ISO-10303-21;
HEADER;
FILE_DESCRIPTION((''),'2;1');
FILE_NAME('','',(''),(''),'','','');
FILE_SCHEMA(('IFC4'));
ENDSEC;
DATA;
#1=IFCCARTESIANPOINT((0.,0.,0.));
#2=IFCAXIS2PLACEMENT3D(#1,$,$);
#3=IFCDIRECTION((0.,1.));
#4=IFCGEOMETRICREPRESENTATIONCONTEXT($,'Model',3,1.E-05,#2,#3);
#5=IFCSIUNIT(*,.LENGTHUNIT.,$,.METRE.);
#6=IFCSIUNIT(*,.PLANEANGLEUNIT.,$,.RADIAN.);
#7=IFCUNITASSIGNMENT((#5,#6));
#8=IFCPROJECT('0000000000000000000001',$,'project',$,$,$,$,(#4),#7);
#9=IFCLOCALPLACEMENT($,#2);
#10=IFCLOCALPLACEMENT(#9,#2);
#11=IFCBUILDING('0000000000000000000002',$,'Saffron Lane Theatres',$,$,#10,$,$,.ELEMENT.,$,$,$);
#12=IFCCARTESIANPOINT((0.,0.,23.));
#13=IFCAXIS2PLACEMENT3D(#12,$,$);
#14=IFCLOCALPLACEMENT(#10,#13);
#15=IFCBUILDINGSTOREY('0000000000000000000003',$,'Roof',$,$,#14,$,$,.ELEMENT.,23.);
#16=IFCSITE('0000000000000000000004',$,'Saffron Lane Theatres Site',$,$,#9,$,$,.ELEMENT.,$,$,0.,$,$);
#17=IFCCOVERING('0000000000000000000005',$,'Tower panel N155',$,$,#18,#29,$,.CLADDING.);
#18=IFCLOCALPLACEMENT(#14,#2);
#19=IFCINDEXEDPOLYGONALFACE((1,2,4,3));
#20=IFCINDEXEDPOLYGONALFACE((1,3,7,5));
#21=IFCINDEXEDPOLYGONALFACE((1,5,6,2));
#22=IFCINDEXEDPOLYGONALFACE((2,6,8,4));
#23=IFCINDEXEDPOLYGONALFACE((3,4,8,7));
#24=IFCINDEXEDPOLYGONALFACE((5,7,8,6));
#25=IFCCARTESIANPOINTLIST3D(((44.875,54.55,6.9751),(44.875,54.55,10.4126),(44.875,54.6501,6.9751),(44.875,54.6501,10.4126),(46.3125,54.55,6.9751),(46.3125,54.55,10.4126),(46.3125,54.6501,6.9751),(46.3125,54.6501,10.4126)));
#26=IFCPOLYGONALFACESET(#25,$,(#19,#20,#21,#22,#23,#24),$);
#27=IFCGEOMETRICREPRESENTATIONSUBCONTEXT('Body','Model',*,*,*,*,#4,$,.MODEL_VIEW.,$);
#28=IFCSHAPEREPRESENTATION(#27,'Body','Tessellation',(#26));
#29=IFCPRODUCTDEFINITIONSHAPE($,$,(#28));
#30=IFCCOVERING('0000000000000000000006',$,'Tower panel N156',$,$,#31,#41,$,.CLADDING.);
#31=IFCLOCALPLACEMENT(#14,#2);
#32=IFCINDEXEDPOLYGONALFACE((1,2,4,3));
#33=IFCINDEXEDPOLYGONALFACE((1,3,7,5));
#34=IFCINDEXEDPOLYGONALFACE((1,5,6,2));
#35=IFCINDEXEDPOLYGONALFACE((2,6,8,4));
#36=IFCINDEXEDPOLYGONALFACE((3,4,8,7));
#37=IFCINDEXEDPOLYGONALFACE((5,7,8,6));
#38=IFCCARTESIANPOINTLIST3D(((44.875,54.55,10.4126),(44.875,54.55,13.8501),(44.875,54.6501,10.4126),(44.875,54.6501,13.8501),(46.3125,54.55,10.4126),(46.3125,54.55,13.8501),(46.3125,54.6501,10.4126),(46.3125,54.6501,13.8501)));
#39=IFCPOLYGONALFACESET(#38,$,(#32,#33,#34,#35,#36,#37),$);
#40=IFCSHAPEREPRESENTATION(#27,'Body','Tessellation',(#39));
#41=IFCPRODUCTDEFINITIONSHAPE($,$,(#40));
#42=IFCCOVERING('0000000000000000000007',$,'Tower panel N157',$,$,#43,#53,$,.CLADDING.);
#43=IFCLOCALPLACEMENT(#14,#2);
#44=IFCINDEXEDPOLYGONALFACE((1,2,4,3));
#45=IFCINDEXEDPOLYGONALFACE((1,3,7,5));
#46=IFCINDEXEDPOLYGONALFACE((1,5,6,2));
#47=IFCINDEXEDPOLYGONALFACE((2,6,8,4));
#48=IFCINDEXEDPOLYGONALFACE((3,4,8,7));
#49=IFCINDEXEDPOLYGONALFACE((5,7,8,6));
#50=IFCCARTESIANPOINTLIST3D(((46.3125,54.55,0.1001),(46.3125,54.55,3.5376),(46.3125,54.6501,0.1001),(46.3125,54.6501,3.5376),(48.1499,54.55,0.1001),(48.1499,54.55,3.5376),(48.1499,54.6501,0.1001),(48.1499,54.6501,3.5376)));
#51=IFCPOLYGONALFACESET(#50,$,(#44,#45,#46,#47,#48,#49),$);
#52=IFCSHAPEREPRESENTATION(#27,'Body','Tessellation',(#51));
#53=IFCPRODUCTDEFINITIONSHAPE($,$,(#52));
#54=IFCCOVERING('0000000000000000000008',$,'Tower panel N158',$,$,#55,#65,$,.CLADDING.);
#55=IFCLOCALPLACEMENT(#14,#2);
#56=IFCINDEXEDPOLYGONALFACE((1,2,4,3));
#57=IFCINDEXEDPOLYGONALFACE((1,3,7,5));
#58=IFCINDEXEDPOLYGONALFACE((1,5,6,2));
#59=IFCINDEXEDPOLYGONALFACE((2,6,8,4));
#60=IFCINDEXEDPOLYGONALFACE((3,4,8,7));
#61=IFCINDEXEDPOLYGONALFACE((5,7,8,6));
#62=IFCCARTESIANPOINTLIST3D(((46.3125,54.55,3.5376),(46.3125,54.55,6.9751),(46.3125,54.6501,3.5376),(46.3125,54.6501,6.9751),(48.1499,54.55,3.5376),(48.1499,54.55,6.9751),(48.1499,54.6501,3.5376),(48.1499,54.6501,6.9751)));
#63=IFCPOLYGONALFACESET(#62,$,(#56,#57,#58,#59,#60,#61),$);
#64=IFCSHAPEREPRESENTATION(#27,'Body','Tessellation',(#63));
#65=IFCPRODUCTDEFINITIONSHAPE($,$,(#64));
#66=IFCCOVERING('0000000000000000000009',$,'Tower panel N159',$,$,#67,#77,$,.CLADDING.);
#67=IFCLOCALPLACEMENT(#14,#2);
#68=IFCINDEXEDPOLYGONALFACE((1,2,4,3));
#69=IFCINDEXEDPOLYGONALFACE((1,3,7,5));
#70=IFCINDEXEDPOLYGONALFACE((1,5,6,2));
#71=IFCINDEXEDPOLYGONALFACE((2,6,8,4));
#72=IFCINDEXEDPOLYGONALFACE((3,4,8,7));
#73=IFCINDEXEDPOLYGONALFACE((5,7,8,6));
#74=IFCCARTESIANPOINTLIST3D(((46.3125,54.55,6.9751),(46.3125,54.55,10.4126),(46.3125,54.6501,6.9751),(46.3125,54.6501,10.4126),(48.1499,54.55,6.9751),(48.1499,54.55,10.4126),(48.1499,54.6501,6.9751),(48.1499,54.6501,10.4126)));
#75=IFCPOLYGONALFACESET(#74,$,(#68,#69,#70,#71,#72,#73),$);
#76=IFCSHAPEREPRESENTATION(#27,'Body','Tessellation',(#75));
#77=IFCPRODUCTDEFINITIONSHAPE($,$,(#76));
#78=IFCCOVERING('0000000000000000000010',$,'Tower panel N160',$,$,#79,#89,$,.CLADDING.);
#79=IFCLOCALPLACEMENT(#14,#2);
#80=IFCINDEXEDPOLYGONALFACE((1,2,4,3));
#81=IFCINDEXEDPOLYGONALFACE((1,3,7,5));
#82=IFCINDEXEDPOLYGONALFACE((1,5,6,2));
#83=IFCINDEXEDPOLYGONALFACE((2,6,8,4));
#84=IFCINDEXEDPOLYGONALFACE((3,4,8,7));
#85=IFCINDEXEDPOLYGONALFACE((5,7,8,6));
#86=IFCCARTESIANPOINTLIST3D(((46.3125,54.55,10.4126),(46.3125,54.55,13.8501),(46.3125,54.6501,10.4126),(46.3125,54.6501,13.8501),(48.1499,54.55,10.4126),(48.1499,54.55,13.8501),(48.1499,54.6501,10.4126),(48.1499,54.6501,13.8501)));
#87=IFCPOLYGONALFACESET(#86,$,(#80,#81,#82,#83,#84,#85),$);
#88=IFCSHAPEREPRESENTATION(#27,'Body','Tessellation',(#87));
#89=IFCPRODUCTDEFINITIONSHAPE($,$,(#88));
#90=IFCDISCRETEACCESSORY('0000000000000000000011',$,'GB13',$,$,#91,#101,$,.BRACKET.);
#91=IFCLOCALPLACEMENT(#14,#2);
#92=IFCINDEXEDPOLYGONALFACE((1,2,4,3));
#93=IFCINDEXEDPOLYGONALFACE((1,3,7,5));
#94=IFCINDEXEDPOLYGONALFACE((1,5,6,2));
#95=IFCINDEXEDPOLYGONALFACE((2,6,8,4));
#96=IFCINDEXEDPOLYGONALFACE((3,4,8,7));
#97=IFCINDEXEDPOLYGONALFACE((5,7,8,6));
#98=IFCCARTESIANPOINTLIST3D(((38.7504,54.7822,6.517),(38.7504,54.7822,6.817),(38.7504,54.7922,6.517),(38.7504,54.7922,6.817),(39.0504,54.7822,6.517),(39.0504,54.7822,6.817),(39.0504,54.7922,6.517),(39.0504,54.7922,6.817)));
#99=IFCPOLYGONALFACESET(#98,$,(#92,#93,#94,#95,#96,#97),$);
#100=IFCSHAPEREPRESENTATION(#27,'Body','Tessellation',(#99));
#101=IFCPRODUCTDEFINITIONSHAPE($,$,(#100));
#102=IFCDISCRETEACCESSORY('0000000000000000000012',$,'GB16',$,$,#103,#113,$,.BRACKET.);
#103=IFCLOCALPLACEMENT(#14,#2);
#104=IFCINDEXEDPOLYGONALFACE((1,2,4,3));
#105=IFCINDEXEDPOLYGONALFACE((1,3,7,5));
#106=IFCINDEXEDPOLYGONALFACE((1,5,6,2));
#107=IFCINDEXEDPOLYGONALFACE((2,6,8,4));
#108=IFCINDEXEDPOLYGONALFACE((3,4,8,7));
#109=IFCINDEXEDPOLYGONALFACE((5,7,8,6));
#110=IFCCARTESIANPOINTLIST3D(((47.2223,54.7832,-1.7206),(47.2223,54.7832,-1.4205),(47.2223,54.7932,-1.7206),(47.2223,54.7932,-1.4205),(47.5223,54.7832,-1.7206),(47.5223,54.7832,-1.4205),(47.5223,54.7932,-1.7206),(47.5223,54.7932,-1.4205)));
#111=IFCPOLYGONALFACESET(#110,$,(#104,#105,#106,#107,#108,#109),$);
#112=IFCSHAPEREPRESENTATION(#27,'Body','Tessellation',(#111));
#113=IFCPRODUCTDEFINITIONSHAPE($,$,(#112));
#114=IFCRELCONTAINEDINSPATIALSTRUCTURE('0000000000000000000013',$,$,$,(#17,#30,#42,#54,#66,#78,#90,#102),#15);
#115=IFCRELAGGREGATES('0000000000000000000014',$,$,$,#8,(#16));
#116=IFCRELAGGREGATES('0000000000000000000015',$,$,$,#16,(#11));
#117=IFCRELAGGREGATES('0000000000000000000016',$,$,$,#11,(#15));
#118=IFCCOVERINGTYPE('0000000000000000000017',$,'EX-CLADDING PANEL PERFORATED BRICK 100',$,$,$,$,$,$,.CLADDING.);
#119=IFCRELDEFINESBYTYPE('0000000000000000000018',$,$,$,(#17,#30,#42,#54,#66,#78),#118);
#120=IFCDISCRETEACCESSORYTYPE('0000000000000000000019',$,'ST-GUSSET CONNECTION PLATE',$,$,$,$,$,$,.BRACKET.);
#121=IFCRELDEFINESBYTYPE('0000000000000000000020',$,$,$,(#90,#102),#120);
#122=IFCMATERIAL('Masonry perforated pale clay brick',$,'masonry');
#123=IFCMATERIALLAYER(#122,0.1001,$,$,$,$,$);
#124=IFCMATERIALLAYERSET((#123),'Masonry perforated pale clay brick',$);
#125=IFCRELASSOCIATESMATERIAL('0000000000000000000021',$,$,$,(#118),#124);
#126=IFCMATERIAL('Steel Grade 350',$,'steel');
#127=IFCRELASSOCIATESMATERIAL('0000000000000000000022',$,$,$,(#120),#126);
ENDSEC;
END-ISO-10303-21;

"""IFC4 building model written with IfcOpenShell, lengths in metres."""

from ifc_helpers import new_model, si_unit, direction, frame, origin, origin_2d, place, context, subcontext, project, spatial, rectangle, extrude, material, layer, layer_set, material_profile, profile_set, type_object, element, save


model = new_model("IFC4")

# Units and contexts
model_context = context("Model", 3, precision=1e-05, world=origin(), true_north=direction((0.0, 1.0)))
body_context = subcontext(model_context, "Body", "Model", "MODEL_VIEW")
ifc_project = project(units=[si_unit("LENGTHUNIT", "METRE"), si_unit("PLANEANGLEUNIT", "RADIAN")], contexts=[model_context])

# Site, building, storey
site_placement = place(None, origin())
site = spatial("IfcSite", under=ifc_project, at=site_placement, Name="Saffron Lane Theatres Site", CompositionType="ELEMENT", RefElevation=0.0)
building_placement = place(site_placement, origin())
building = spatial("IfcBuilding", under=site, at=building_placement, Name="Saffron Lane Theatres", CompositionType="ELEMENT")
storey_placement = place(building_placement, frame((0.0, 0.0, 23.0)))
storey = spatial("IfcBuildingStorey", under=building, at=storey_placement, Name="Roof", CompositionType="ELEMENT", Elevation=23.0)

# Coverings
ifc_material_1 = material(Name="Masonry perforated pale clay brick", Category="masonry")
ifc_layer_1 = layer(ifc_material_1, 0.1001)
ifc_layer_set_1 = layer_set([ifc_layer_1], Name="Masonry perforated pale clay brick")
covering_type_1 = type_object("IfcCoveringType", Name="EX-CLADDING PANEL PERFORATED BRICK 100", PredefinedType="CLADDING", material=ifc_layer_set_1)
for number, where, z_axis, x_axis, name in (
    (1, (45.5938, 54.6001, 6.9751), (0.0, 0.0, 1.0), (1.0, 0.0, 0.0), "Tower panel N155"),
    (2, (45.5938, 54.6001, 10.4126), (0.0, 0.0, 1.0), (1.0, 0.0, 0.0), "Tower panel N156"),
):
    element("IfcCovering", number, at=place(storey_placement, frame(where, z_axis=z_axis, x_axis=x_axis)), inside=storey, type_object=covering_type_1, Name=name, PredefinedType="CLADDING", context=body_context, shape_type="SweptSolid", body=[
        extrude(rectangle(XDim=1.4375, YDim=0.1001, at=origin_2d()), origin(), (0.0, 0.0, 1.0), 3.4375),
    ])
for number, where, z_axis, x_axis, name in (
    (3, (47.2312, 54.6001, 0.1001), (0.0, 0.0, 1.0), (1.0, 0.0, 0.0), "Tower panel N157"),
    (4, (47.2312, 54.6001, 3.5376), (0.0, 0.0, 1.0), (1.0, 0.0, 0.0), "Tower panel N158"),
    (5, (47.2312, 54.6001, 6.9751), (0.0, 0.0, 1.0), (1.0, 0.0, 0.0), "Tower panel N159"),
    (6, (47.2312, 54.6001, 10.4126), (0.0, 0.0, 1.0), (1.0, 0.0, 0.0), "Tower panel N160"),
):
    element("IfcCovering", number, at=place(storey_placement, frame(where, z_axis=z_axis, x_axis=x_axis)), inside=storey, type_object=covering_type_1, Name=name, PredefinedType="CLADDING", context=body_context, shape_type="SweptSolid", body=[
        extrude(rectangle(XDim=1.8374, YDim=0.1001, at=origin_2d()), origin(), (0.0, 0.0, 1.0), 3.4375),
    ])

# Discrete accessories
ifc_material_2 = material(Name="Steel Grade 350", Category="steel")
ifc_material_profile_1 = material_profile(ifc_material_2, rectangle(XDim=0.3, YDim=0.3, at=origin_2d()))
ifc_profile_set_1 = profile_set([ifc_material_profile_1], Name="Steel Grade 350")
discrete_accessory_type = type_object("IfcDiscreteAccessoryType", Name="ST-GUSSET CONNECTION PLATE", PredefinedType="BRACKET", material=ifc_profile_set_1)
for number, where, z_axis, x_axis, name in (
    (7, (38.9004, 54.7822, 6.667), (0.0, 1.0, 0.0), (-1.0, 0.0, 0.0), "GB13"),
    (8, (47.3723, 54.7832, -1.5706), (0.0, 1.0, 0.0), (-1.0, 0.0, 0.0), "GB16"),
):
    element("IfcDiscreteAccessory", number, at=place(storey_placement, frame(where, z_axis=z_axis, x_axis=x_axis)), inside=storey, type_object=discrete_accessory_type, Name=name, PredefinedType="BRACKET", context=body_context, shape_type="SweptSolid", body=[
        extrude(rectangle(XDim=0.3, YDim=0.3, at=origin_2d()), origin(), (0.0, 0.0, 1.0), 0.01),
    ])

save(model, "model.ifc")
